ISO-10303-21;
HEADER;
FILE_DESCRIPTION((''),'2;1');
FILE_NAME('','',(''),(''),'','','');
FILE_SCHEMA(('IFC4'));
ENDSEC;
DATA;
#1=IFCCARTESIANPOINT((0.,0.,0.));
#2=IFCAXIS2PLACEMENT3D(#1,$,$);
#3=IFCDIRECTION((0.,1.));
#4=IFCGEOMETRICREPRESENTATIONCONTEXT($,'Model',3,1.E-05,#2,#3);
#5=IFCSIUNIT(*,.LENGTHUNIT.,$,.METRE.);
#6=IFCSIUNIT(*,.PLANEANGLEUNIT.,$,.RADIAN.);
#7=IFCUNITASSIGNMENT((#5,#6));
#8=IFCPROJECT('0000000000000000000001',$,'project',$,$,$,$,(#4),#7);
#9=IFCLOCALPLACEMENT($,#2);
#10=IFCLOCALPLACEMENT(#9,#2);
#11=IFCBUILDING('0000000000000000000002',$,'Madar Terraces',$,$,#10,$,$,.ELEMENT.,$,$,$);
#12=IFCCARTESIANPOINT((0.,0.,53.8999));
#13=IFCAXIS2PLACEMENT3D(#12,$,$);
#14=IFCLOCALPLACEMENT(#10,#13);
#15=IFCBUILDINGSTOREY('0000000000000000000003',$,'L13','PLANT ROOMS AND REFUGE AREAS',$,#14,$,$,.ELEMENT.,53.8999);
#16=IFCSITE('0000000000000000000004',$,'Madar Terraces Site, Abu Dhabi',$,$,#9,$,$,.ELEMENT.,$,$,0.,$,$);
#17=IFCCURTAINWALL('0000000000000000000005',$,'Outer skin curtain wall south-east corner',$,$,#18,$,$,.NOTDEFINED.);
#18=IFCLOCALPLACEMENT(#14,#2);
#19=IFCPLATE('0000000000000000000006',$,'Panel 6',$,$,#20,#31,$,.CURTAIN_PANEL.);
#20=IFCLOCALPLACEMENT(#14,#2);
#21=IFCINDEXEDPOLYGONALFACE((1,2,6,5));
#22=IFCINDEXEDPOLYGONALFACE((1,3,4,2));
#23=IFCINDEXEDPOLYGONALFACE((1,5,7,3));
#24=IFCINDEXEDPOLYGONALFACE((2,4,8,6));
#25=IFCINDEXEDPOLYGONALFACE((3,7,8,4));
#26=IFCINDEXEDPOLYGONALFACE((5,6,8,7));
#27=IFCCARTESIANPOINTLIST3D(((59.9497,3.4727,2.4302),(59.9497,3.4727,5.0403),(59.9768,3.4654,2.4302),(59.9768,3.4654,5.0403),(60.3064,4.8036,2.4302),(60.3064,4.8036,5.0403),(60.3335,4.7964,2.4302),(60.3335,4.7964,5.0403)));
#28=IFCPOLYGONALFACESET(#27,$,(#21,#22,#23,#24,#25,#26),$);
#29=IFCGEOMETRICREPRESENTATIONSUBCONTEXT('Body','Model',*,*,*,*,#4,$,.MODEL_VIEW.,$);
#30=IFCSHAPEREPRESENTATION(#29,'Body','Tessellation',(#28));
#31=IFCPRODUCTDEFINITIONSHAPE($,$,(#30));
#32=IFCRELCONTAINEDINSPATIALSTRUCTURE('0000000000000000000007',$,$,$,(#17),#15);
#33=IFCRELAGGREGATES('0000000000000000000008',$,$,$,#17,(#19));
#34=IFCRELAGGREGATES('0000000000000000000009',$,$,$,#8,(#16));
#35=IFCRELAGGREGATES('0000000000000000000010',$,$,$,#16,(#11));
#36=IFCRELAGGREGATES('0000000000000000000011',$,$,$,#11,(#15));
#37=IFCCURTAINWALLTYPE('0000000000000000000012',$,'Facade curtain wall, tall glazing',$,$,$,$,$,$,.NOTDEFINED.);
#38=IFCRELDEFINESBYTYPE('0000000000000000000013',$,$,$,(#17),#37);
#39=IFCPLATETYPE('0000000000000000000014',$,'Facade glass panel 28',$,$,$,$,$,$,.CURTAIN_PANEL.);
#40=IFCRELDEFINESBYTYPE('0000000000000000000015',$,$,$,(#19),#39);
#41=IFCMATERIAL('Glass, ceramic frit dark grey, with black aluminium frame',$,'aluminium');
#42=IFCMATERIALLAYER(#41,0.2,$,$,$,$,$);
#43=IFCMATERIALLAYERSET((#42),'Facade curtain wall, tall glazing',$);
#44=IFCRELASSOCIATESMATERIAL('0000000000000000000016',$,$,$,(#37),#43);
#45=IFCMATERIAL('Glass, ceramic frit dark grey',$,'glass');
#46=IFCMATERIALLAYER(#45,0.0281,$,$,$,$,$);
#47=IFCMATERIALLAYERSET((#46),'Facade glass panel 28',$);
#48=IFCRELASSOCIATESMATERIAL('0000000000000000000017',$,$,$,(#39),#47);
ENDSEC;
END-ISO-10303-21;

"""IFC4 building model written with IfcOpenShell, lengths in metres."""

from ifc_helpers import new_model, si_unit, direction, frame, origin, origin_2d, place, context, subcontext, project, spatial, rectangle, extrude, material, layer, layer_set, type_object, element, aggregate, save


model = new_model("IFC4")

# Units and contexts
model_context = context("Model", 3, precision=1e-05, world=origin(), true_north=direction((0.0, 1.0)))
body_context = subcontext(model_context, "Body", "Model", "MODEL_VIEW")
ifc_project = project(units=[si_unit("LENGTHUNIT", "METRE"), si_unit("PLANEANGLEUNIT", "RADIAN")], contexts=[model_context])

# Site, building, storey
site_placement = place(None, origin())
site = spatial("IfcSite", under=ifc_project, at=site_placement, Name="Madar Terraces Site, Abu Dhabi", CompositionType="ELEMENT", RefElevation=0.0)
building_placement = place(site_placement, origin())
building = spatial("IfcBuilding", under=site, at=building_placement, Name="Madar Terraces", CompositionType="ELEMENT")
storey_placement = place(building_placement, frame((0.0, 0.0, 53.8999)))
storey = spatial("IfcBuildingStorey", under=building, at=storey_placement, Name="L13", Description="PLANT ROOMS AND REFUGE AREAS", CompositionType="ELEMENT", Elevation=53.8999)

# Curtain wall
ifc_material_1 = material(Name="Glass, ceramic frit dark grey, with black aluminium frame", Category="aluminium")
ifc_layer_1 = layer(ifc_material_1, 0.2)
ifc_layer_set_1 = layer_set([ifc_layer_1], Name="Facade curtain wall, tall glazing")
curtain_wall_type = type_object("IfcCurtainWallType", Name="Facade curtain wall, tall glazing", PredefinedType="NOTDEFINED", material=ifc_layer_set_1)
curtain_wall_1_placement = place(storey_placement, origin())
curtain_wall_1 = element("IfcCurtainWall", 1, at=curtain_wall_1_placement, inside=storey, type_object=curtain_wall_type, Name="Outer skin curtain wall south-east corner", PredefinedType="NOTDEFINED")

# Plate
ifc_material_2 = material(Name="Glass, ceramic frit dark grey", Category="glass")
ifc_layer_2 = layer(ifc_material_2, 0.0281)
ifc_layer_set_2 = layer_set([ifc_layer_2], Name="Facade glass panel 28")
plate_type = type_object("IfcPlateType", Name="Facade glass panel 28", PredefinedType="CURTAIN_PANEL", material=ifc_layer_set_2)
plate_1_placement = place(storey_placement, frame((60.1416, 4.1345, 2.4302), z_axis=(0.0, 0.0, 1.0), x_axis=(0.258819, 0.965926, 0.0)))
plate_1 = element("IfcPlate", 2, at=plate_1_placement, type_object=plate_type, Name="Panel 6", PredefinedType="CURTAIN_PANEL", context=body_context, shape_type="SweptSolid", body=[
    extrude(rectangle(XDim=1.3779, YDim=0.0281, at=origin_2d()), origin(), (0.0, 0.0, 1.0), 2.6101),
])
aggregate(curtain_wall_1, [plate_1])

save(model, "model.ifc")
